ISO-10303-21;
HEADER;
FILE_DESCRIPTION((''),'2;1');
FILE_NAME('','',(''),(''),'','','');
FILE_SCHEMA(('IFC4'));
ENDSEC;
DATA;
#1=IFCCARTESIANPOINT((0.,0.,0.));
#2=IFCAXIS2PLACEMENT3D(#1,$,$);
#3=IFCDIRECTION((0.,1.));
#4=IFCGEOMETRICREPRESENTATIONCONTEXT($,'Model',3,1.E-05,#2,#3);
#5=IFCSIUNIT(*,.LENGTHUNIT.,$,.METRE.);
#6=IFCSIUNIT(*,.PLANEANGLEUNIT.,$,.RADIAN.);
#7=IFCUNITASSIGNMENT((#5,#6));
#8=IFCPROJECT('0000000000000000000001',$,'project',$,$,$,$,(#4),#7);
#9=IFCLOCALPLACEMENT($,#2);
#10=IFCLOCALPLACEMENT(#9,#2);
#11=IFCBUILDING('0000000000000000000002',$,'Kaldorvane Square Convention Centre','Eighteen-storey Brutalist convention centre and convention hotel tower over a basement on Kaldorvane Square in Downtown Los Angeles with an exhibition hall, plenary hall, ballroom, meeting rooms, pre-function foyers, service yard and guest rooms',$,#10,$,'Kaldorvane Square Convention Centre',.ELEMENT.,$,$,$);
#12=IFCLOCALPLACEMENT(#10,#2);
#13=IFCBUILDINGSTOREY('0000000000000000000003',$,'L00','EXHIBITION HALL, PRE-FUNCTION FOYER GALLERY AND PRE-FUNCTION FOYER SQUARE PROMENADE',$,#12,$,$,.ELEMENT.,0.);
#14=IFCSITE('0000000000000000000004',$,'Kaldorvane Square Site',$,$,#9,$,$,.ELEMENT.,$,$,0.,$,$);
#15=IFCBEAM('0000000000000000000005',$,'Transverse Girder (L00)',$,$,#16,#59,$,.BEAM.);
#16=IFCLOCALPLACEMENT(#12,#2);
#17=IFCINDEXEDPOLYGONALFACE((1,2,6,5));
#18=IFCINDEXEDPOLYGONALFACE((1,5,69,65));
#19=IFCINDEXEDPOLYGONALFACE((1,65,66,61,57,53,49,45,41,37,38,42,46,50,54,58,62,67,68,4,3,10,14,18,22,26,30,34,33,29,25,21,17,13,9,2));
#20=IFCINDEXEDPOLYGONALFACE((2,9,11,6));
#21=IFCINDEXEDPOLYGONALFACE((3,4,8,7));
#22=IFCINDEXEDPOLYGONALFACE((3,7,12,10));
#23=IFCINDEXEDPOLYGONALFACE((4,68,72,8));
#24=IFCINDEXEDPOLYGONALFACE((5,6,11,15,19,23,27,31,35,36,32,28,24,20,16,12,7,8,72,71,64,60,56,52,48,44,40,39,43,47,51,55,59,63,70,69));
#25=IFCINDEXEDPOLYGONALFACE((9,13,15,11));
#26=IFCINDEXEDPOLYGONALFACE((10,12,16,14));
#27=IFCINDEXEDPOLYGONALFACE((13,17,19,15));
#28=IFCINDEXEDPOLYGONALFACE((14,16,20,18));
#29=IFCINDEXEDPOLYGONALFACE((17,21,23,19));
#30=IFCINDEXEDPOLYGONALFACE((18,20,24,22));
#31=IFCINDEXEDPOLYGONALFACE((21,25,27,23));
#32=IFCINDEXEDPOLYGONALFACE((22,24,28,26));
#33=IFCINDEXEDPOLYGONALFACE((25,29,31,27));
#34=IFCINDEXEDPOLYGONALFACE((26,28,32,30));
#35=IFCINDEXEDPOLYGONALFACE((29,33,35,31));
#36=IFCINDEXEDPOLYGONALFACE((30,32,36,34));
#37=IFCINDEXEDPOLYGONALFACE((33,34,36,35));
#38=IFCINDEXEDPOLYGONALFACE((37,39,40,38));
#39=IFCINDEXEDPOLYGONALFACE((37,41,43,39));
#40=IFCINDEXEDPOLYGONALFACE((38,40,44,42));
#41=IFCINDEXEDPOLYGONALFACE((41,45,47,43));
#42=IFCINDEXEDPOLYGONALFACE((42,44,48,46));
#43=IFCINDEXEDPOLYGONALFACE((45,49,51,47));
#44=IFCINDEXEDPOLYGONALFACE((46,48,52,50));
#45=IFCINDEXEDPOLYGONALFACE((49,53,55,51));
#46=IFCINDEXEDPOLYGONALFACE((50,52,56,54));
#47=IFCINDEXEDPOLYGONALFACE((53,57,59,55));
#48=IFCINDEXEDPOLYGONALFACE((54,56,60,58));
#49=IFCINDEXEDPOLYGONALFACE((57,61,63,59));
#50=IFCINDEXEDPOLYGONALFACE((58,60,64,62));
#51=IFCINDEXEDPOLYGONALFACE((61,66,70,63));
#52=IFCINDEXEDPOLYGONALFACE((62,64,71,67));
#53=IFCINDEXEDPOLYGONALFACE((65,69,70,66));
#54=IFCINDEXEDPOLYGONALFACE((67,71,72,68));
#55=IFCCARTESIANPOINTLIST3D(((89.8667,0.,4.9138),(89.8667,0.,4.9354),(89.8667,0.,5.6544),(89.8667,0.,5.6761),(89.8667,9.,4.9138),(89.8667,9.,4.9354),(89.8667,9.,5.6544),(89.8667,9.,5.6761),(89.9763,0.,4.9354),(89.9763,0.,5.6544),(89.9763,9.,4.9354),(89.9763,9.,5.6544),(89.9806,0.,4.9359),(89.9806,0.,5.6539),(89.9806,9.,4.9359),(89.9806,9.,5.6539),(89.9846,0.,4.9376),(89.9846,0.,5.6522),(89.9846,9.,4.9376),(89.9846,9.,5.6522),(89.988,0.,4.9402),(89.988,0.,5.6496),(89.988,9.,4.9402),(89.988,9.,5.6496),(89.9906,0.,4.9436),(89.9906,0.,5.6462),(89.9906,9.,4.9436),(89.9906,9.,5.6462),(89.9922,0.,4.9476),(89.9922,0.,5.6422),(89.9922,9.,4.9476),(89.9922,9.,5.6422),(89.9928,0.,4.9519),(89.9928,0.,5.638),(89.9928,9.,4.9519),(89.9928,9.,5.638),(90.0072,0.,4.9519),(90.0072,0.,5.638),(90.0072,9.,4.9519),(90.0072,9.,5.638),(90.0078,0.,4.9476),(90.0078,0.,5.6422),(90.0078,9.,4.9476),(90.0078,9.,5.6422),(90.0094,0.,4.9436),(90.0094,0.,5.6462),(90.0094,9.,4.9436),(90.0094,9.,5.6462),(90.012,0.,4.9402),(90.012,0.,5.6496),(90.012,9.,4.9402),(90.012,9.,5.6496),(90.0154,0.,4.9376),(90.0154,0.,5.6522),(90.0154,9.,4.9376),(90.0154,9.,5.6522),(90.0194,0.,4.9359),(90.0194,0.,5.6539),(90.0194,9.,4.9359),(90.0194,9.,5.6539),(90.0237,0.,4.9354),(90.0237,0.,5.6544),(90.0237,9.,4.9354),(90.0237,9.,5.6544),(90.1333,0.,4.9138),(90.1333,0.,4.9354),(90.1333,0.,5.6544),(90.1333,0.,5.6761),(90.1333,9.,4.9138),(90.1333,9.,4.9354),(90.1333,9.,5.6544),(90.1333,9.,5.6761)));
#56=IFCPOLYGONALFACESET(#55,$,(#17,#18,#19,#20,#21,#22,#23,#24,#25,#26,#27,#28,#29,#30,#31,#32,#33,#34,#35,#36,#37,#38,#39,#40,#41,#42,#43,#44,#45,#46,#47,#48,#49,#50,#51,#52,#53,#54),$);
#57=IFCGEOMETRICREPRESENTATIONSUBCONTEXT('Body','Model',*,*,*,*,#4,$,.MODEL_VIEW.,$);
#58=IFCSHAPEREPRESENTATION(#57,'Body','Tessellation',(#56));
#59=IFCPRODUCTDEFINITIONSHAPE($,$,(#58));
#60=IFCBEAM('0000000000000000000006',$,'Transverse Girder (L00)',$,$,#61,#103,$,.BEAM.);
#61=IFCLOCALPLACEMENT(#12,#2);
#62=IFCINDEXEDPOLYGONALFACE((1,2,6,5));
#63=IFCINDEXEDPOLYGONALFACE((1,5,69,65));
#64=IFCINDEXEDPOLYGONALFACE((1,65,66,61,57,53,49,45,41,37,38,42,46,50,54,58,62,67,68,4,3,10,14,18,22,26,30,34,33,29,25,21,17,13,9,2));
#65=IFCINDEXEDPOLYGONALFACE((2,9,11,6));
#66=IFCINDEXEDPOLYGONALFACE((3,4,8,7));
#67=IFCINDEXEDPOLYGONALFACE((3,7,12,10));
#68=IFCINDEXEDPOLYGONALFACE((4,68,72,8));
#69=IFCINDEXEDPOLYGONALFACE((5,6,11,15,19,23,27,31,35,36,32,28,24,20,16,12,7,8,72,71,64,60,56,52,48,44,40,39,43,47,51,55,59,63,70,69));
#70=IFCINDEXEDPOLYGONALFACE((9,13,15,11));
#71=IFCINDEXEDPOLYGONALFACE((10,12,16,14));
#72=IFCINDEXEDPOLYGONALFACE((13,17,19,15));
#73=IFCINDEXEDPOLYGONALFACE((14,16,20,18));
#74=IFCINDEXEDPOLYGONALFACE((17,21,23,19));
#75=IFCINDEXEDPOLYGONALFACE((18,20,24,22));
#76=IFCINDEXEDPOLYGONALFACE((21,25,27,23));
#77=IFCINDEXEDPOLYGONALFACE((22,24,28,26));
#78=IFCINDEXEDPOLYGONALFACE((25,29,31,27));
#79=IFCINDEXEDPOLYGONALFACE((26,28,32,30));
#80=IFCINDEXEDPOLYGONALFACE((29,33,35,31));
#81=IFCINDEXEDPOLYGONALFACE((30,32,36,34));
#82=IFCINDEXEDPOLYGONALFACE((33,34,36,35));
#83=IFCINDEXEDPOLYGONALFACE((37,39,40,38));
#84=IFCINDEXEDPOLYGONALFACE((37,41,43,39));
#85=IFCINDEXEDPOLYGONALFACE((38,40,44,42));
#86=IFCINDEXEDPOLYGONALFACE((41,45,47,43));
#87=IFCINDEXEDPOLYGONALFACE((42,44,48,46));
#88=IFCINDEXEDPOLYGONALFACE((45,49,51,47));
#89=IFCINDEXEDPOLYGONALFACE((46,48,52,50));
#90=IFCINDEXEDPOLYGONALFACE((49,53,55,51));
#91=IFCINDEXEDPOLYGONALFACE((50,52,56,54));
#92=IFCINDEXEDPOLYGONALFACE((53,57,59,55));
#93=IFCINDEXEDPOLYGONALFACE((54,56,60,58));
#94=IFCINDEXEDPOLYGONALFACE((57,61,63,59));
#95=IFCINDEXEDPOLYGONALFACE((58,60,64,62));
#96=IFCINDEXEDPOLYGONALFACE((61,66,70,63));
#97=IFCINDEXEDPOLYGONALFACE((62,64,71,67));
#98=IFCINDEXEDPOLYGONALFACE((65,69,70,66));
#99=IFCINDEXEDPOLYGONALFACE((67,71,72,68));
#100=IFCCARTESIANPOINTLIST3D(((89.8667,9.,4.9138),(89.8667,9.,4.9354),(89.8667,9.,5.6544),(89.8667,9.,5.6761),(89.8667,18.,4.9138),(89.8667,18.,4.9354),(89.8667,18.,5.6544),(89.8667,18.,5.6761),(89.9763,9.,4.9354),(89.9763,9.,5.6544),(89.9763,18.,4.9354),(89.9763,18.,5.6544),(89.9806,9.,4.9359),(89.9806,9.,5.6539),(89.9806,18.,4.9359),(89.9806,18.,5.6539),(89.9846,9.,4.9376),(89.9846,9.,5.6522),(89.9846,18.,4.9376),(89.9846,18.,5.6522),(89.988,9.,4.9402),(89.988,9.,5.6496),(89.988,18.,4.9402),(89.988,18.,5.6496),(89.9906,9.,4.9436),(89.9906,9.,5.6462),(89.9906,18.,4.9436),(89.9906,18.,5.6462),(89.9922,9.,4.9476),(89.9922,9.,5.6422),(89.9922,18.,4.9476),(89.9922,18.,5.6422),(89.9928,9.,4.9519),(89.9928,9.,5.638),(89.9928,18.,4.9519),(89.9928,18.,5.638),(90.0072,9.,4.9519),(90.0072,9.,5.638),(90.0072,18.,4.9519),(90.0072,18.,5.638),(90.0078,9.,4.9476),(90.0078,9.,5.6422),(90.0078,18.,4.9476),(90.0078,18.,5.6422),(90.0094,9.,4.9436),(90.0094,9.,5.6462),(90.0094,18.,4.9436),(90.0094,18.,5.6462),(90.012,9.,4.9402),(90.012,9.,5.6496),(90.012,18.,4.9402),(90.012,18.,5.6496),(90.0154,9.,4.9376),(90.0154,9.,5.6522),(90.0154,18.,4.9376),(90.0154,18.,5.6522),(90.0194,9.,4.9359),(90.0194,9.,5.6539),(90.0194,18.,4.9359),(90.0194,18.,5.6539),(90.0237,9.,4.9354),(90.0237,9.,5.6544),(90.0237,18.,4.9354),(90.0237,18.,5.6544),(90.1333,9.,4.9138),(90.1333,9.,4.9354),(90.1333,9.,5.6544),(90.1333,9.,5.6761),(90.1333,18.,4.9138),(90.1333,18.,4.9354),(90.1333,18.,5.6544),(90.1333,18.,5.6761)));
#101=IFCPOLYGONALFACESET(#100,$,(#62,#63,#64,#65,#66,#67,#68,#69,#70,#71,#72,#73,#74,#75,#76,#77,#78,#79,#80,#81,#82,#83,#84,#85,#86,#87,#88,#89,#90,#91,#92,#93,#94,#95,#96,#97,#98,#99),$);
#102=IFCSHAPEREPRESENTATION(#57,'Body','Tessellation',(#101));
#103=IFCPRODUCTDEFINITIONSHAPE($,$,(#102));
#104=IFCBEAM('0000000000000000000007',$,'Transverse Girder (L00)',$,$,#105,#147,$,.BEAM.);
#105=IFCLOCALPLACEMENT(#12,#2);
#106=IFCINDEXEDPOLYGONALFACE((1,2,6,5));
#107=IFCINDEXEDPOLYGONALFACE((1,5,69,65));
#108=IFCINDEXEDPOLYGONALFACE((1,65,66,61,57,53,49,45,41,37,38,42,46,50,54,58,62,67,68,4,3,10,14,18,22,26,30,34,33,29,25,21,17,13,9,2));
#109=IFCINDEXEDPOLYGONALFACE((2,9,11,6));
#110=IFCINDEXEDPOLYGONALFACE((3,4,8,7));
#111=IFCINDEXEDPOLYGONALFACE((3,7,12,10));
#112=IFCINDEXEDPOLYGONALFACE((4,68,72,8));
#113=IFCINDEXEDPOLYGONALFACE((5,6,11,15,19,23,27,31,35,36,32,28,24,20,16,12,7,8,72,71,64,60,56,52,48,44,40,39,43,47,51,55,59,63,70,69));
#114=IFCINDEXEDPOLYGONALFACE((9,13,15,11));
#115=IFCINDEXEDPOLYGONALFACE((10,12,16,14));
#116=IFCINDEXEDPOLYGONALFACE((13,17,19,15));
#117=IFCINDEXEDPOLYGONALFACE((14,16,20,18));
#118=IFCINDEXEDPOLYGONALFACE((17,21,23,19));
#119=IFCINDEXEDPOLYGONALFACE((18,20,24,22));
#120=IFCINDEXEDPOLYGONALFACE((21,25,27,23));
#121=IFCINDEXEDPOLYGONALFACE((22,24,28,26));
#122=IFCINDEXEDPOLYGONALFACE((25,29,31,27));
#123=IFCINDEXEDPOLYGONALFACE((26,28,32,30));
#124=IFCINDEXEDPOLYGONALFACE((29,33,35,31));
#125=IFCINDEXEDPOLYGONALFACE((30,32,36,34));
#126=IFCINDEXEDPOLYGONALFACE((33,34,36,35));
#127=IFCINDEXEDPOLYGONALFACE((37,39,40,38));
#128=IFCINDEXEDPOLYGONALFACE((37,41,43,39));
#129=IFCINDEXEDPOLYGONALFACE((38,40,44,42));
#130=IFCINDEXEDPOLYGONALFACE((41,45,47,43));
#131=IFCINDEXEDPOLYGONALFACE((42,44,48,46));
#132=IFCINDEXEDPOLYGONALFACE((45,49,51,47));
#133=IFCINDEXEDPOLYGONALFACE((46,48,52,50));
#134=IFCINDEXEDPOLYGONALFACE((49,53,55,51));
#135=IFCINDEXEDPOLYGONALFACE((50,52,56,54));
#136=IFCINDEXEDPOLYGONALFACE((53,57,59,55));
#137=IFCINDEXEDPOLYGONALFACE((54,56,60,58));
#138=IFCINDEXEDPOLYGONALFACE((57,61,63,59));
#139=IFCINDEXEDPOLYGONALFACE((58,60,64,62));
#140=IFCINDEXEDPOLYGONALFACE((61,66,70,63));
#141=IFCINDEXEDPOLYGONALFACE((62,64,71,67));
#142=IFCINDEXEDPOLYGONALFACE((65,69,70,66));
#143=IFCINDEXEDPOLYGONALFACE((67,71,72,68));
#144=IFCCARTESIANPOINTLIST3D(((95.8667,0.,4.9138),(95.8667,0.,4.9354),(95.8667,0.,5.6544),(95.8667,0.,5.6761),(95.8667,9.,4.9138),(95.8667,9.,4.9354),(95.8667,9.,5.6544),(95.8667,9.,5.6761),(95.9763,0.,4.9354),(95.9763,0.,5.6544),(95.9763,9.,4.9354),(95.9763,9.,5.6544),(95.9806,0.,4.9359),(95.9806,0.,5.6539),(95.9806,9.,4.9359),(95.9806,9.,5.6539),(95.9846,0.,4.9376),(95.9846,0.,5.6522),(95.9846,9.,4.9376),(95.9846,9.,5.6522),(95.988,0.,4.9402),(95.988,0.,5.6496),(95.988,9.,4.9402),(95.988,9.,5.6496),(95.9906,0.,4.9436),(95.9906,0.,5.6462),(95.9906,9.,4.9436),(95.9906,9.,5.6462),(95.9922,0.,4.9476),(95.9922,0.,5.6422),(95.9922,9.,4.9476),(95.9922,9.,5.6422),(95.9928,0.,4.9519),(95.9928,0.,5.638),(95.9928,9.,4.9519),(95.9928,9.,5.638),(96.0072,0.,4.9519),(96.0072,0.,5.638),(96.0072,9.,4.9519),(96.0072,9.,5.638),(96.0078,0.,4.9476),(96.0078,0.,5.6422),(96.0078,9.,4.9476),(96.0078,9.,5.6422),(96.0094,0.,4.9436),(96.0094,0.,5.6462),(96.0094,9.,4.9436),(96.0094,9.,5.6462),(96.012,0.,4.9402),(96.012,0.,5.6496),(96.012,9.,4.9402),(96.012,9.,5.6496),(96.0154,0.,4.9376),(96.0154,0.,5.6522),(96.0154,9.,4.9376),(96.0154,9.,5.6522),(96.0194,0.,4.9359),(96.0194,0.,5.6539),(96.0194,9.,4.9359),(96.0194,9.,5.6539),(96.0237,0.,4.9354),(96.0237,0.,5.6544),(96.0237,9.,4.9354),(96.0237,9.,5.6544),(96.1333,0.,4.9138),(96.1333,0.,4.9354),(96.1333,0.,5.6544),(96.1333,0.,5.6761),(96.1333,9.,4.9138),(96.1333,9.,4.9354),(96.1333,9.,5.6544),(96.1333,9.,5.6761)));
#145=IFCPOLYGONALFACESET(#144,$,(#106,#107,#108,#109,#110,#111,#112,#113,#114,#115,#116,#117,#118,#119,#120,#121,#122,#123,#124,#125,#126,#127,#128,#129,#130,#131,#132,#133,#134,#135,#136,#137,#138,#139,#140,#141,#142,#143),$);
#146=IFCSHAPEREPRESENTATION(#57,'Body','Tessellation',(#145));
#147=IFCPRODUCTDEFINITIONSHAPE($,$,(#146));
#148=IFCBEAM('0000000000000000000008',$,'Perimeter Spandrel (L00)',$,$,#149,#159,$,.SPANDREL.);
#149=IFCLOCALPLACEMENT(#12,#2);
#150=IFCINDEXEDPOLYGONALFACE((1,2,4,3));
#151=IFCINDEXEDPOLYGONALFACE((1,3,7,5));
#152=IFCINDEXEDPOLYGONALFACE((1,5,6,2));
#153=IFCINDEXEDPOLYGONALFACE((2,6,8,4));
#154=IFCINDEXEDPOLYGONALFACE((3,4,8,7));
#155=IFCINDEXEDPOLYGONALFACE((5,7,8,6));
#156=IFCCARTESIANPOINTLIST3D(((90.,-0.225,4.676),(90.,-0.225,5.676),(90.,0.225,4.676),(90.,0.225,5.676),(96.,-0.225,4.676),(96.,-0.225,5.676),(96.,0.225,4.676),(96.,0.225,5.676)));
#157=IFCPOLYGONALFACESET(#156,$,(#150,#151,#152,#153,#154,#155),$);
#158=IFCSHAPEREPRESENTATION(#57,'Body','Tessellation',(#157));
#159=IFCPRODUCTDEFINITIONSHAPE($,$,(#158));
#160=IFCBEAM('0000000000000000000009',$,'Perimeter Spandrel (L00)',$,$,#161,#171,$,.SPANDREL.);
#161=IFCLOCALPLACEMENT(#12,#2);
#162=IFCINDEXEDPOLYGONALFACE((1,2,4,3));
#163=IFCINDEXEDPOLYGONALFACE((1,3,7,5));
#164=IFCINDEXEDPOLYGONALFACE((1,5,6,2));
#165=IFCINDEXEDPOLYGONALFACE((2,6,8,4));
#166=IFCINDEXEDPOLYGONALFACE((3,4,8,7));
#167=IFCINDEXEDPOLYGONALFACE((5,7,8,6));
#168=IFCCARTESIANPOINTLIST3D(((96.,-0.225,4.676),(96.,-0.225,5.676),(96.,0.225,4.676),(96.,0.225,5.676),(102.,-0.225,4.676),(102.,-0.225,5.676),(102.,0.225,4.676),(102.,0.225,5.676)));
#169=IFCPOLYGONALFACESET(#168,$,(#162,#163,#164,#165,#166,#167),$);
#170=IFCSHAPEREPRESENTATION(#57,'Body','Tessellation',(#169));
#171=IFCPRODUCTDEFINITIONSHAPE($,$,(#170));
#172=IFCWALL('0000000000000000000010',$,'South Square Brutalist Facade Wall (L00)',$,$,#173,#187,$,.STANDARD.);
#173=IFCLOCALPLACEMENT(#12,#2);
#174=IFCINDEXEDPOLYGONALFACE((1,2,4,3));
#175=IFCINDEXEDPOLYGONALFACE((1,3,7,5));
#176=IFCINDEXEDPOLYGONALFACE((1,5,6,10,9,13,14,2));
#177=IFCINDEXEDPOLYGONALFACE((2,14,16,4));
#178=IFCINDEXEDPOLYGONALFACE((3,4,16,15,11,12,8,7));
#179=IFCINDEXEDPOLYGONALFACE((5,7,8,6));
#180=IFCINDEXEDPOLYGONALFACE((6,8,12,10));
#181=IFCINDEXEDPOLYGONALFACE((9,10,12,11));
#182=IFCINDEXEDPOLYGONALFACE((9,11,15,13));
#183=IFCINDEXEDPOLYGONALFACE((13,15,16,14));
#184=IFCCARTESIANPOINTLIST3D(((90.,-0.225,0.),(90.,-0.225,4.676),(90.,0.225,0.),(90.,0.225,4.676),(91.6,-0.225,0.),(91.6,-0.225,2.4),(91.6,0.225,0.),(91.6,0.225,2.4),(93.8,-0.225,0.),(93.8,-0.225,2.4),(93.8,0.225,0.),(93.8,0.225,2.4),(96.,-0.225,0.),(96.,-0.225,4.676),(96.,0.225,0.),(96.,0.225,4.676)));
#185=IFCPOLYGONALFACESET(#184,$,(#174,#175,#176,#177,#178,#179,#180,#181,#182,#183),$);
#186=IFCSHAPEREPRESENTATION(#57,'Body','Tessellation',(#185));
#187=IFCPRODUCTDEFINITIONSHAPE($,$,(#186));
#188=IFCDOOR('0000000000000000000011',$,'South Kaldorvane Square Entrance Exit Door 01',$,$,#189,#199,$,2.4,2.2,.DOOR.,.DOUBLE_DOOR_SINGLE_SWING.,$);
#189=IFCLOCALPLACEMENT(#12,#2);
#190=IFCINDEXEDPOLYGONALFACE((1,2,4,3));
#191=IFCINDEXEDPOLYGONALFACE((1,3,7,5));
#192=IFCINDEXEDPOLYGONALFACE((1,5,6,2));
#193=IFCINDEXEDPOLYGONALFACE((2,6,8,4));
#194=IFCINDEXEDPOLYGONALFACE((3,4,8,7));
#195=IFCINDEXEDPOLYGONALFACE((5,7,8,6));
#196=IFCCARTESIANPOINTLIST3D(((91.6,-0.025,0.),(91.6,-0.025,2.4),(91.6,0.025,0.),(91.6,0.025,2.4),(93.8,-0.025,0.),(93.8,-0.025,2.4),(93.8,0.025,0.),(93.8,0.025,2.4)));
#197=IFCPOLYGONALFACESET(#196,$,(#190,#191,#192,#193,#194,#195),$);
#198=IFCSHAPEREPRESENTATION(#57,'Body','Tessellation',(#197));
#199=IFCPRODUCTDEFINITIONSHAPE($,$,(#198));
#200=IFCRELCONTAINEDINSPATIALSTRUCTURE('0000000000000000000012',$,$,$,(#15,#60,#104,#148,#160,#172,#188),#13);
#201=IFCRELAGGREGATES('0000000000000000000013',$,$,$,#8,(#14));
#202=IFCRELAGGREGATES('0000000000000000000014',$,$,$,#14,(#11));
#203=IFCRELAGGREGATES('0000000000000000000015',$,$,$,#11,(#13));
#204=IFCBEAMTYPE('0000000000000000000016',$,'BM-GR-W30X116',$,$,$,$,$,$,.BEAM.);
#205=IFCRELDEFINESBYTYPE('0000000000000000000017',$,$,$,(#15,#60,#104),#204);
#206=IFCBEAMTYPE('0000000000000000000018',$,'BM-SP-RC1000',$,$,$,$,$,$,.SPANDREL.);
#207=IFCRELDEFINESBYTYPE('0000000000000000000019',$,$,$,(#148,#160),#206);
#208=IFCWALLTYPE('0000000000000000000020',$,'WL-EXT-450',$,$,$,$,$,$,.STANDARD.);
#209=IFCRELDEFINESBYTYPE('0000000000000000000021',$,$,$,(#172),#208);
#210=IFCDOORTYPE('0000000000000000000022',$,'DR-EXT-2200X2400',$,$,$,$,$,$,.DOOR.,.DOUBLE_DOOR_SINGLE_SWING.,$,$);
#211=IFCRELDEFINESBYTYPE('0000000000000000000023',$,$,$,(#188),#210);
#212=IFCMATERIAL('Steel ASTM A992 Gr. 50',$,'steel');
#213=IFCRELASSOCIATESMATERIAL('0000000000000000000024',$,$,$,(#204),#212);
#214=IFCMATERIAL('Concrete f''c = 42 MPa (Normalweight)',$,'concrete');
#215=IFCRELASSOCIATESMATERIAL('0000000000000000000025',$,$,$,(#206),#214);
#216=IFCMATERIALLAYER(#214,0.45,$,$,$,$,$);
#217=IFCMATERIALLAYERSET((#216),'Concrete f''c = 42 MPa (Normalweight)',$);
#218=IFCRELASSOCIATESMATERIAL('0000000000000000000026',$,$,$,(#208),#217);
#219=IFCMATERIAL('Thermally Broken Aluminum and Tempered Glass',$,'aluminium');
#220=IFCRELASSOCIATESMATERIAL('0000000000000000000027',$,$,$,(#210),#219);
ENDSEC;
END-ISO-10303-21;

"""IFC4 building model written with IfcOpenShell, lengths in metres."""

from ifc_helpers import new_model, si_unit, direction, frame, frame_2d, origin, origin_2d, place, context, subcontext, project, spatial, rectangle, i_section, extrude, material, layer, layer_set, material_profile, profile_set, type_object, element, fill, save


model = new_model("IFC4")

# Units and contexts
model_context = context("Model", 3, precision=1e-05, world=origin(), true_north=direction((0.0, 1.0)))
body_context = subcontext(model_context, "Body", "Model", "MODEL_VIEW")
ifc_project = project(units=[si_unit("LENGTHUNIT", "METRE"), si_unit("PLANEANGLEUNIT", "RADIAN")], contexts=[model_context])

# Site, building, storey
site_placement = place(None, origin())
site = spatial("IfcSite", under=ifc_project, at=site_placement, Name="Kaldorvane Square Site", CompositionType="ELEMENT", RefElevation=0.0)
building_placement = place(site_placement, origin())
building = spatial("IfcBuilding", under=site, at=building_placement, Name="Kaldorvane Square Convention Centre", Description="Eighteen-storey Brutalist convention centre and convention hotel tower over a basement on Kaldorvane Square in Downtown Los Angeles with an exhibition hall, plenary hall, ballroom, meeting rooms, pre-function foyers, service yard and guest rooms", LongName="Kaldorvane Square Convention Centre", CompositionType="ELEMENT")
storey_placement = place(building_placement, origin())
storey = spatial("IfcBuildingStorey", under=building, at=storey_placement, Name="L00", Description="EXHIBITION HALL, PRE-FUNCTION FOYER GALLERY AND PRE-FUNCTION FOYER SQUARE PROMENADE", CompositionType="ELEMENT", Elevation=0.0)

# Shared definitions
ifc_material_1 = material(Name="Steel ASTM A992 Gr. 50", Category="steel")

# Beams
ifc_material_profile_1 = material_profile(ifc_material_1, i_section(OverallWidth=0.2666, OverallDepth=0.7623, WebThickness=0.0144, FlangeThickness=0.0216, FilletRadius=0.0165, at=origin_2d()), Name="W30X116")
ifc_profile_set_1 = profile_set([ifc_material_profile_1], Name="Steel ASTM A992 Gr. 50")
beam_type_1 = type_object("IfcBeamType", Name="BM-GR-W30X116", PredefinedType="BEAM", material=ifc_profile_set_1)
for number, where, z_axis, x_axis, name in (
    (1, (90.0, 0.0, 5.2949), (0.0, 1.0, 0.0), (-1.0, 0.0, 0.0), "Transverse Girder (L00)"),
    (2, (90.0, 9.0, 5.2949), (0.0, 1.0, 0.0), (-1.0, 0.0, 0.0), "Transverse Girder (L00)"),
    (3, (96.0, 0.0, 5.2949), (0.0, 1.0, 0.0), (-1.0, 0.0, 0.0), "Transverse Girder (L00)"),
):
    element("IfcBeam", number, at=place(storey_placement, frame(where, z_axis=z_axis, x_axis=x_axis)), inside=storey, type_object=beam_type_1, Name=name, PredefinedType="BEAM", context=body_context, shape_type="SweptSolid", body=[
        extrude(i_section(OverallWidth=0.2666, OverallDepth=0.7623, WebThickness=0.0144, FlangeThickness=0.0216, FilletRadius=0.0165, at=origin_2d()), origin(), (0.0, 0.0, 1.0), 9.0),
    ])
ifc_material_2 = material(Name="Concrete f'c = 42 MPa (Normalweight)", Category="concrete")
ifc_material_profile_2 = material_profile(ifc_material_2, rectangle(XDim=0.45, YDim=1.0, at=origin_2d()), Name="RCSP1000X450")
ifc_profile_set_2 = profile_set([ifc_material_profile_2], Name="Concrete f'c = 42 MPa (Normalweight)")
beam_type_2 = type_object("IfcBeamType", Name="BM-SP-RC1000", PredefinedType="SPANDREL", material=ifc_profile_set_2)
for number, where, z_axis, x_axis, name in (
    (4, (90.0, 0.0, 5.176), (1.0, 0.0, 0.0), (0.0, 1.0, 0.0), "Perimeter Spandrel (L00)"),
    (5, (96.0, 0.0, 5.176), (1.0, 0.0, 0.0), (0.0, 1.0, 0.0), "Perimeter Spandrel (L00)"),
):
    element("IfcBeam", number, at=place(storey_placement, frame(where, z_axis=z_axis, x_axis=x_axis)), inside=storey, type_object=beam_type_2, Name=name, PredefinedType="SPANDREL", context=body_context, shape_type="SweptSolid", body=[
        extrude(rectangle(XDim=0.45, YDim=1.0, at=origin_2d()), origin(), (0.0, 0.0, 1.0), 6.0),
    ])

# Wall, opening, door
ifc_layer_1 = layer(ifc_material_2, 0.45)
ifc_layer_set_1 = layer_set([ifc_layer_1], Name="Concrete f'c = 42 MPa (Normalweight)")
wall_type_1 = type_object("IfcWallType", Name="WL-EXT-450", PredefinedType="STANDARD", material=ifc_layer_set_1)
wall_1_placement = place(storey_placement, frame((90.0, 0.0, 0.0), z_axis=(0.0, 0.0, 1.0), x_axis=(1.0, 0.0, 0.0)))
wall_1 = element("IfcWall", 6, at=wall_1_placement, inside=storey, type_object=wall_type_1, Name="South Square Brutalist Facade Wall (L00)", PredefinedType="STANDARD", context=body_context, shape_type="SweptSolid", body=[
    extrude(rectangle(XDim=6.0, YDim=0.45, at=frame_2d((3.0, 0.0))), origin(), (0.0, 0.0, 1.0), 4.676),
])
opening_1_placement = place(wall_1_placement, frame((1.6, 0.0, 0.0)))
opening_1 = element("IfcOpeningElement", 7, at=opening_1_placement, cuts=wall_1, PredefinedType="OPENING", context=body_context, shape_type="SweptSolid", body=[
    extrude(rectangle(XDim=2.2, YDim=2.4, at=frame_2d((1.1, 1.2))), frame((0.0, 0.24, 0.0), z_axis=(0.0, -1.0, 0.0), x_axis=(1.0, 0.0, 0.0)), (0.0, 0.0, 1.0), 0.48),
])
ifc_material_3 = material(Name="Thermally Broken Aluminum and Tempered Glass", Category="aluminium")
door_type_1 = type_object("IfcDoorType", Name="DR-EXT-2200X2400", OperationType="DOUBLE_DOOR_SINGLE_SWING", PredefinedType="DOOR", material=ifc_material_3)
door_1_placement = place(opening_1_placement, origin())
door_1 = element("IfcDoor", 8, at=door_1_placement, inside=storey, type_object=door_type_1, Name="South Kaldorvane Square Entrance Exit Door 01", OperationType="DOUBLE_DOOR_SINGLE_SWING", OverallHeight=2.4, OverallWidth=2.2, PredefinedType="DOOR", context=body_context, shape_type="SweptSolid", body=[
    extrude(rectangle(XDim=2.2, YDim=2.4, at=frame_2d((1.1, 1.2))), frame((0.0, 0.025, 0.0), z_axis=(0.0, -1.0, 0.0), x_axis=(1.0, 0.0, 0.0)), (0.0, 0.0, 1.0), 0.05),
])
fill(opening_1, door_1)

save(model, "model.ifc")
